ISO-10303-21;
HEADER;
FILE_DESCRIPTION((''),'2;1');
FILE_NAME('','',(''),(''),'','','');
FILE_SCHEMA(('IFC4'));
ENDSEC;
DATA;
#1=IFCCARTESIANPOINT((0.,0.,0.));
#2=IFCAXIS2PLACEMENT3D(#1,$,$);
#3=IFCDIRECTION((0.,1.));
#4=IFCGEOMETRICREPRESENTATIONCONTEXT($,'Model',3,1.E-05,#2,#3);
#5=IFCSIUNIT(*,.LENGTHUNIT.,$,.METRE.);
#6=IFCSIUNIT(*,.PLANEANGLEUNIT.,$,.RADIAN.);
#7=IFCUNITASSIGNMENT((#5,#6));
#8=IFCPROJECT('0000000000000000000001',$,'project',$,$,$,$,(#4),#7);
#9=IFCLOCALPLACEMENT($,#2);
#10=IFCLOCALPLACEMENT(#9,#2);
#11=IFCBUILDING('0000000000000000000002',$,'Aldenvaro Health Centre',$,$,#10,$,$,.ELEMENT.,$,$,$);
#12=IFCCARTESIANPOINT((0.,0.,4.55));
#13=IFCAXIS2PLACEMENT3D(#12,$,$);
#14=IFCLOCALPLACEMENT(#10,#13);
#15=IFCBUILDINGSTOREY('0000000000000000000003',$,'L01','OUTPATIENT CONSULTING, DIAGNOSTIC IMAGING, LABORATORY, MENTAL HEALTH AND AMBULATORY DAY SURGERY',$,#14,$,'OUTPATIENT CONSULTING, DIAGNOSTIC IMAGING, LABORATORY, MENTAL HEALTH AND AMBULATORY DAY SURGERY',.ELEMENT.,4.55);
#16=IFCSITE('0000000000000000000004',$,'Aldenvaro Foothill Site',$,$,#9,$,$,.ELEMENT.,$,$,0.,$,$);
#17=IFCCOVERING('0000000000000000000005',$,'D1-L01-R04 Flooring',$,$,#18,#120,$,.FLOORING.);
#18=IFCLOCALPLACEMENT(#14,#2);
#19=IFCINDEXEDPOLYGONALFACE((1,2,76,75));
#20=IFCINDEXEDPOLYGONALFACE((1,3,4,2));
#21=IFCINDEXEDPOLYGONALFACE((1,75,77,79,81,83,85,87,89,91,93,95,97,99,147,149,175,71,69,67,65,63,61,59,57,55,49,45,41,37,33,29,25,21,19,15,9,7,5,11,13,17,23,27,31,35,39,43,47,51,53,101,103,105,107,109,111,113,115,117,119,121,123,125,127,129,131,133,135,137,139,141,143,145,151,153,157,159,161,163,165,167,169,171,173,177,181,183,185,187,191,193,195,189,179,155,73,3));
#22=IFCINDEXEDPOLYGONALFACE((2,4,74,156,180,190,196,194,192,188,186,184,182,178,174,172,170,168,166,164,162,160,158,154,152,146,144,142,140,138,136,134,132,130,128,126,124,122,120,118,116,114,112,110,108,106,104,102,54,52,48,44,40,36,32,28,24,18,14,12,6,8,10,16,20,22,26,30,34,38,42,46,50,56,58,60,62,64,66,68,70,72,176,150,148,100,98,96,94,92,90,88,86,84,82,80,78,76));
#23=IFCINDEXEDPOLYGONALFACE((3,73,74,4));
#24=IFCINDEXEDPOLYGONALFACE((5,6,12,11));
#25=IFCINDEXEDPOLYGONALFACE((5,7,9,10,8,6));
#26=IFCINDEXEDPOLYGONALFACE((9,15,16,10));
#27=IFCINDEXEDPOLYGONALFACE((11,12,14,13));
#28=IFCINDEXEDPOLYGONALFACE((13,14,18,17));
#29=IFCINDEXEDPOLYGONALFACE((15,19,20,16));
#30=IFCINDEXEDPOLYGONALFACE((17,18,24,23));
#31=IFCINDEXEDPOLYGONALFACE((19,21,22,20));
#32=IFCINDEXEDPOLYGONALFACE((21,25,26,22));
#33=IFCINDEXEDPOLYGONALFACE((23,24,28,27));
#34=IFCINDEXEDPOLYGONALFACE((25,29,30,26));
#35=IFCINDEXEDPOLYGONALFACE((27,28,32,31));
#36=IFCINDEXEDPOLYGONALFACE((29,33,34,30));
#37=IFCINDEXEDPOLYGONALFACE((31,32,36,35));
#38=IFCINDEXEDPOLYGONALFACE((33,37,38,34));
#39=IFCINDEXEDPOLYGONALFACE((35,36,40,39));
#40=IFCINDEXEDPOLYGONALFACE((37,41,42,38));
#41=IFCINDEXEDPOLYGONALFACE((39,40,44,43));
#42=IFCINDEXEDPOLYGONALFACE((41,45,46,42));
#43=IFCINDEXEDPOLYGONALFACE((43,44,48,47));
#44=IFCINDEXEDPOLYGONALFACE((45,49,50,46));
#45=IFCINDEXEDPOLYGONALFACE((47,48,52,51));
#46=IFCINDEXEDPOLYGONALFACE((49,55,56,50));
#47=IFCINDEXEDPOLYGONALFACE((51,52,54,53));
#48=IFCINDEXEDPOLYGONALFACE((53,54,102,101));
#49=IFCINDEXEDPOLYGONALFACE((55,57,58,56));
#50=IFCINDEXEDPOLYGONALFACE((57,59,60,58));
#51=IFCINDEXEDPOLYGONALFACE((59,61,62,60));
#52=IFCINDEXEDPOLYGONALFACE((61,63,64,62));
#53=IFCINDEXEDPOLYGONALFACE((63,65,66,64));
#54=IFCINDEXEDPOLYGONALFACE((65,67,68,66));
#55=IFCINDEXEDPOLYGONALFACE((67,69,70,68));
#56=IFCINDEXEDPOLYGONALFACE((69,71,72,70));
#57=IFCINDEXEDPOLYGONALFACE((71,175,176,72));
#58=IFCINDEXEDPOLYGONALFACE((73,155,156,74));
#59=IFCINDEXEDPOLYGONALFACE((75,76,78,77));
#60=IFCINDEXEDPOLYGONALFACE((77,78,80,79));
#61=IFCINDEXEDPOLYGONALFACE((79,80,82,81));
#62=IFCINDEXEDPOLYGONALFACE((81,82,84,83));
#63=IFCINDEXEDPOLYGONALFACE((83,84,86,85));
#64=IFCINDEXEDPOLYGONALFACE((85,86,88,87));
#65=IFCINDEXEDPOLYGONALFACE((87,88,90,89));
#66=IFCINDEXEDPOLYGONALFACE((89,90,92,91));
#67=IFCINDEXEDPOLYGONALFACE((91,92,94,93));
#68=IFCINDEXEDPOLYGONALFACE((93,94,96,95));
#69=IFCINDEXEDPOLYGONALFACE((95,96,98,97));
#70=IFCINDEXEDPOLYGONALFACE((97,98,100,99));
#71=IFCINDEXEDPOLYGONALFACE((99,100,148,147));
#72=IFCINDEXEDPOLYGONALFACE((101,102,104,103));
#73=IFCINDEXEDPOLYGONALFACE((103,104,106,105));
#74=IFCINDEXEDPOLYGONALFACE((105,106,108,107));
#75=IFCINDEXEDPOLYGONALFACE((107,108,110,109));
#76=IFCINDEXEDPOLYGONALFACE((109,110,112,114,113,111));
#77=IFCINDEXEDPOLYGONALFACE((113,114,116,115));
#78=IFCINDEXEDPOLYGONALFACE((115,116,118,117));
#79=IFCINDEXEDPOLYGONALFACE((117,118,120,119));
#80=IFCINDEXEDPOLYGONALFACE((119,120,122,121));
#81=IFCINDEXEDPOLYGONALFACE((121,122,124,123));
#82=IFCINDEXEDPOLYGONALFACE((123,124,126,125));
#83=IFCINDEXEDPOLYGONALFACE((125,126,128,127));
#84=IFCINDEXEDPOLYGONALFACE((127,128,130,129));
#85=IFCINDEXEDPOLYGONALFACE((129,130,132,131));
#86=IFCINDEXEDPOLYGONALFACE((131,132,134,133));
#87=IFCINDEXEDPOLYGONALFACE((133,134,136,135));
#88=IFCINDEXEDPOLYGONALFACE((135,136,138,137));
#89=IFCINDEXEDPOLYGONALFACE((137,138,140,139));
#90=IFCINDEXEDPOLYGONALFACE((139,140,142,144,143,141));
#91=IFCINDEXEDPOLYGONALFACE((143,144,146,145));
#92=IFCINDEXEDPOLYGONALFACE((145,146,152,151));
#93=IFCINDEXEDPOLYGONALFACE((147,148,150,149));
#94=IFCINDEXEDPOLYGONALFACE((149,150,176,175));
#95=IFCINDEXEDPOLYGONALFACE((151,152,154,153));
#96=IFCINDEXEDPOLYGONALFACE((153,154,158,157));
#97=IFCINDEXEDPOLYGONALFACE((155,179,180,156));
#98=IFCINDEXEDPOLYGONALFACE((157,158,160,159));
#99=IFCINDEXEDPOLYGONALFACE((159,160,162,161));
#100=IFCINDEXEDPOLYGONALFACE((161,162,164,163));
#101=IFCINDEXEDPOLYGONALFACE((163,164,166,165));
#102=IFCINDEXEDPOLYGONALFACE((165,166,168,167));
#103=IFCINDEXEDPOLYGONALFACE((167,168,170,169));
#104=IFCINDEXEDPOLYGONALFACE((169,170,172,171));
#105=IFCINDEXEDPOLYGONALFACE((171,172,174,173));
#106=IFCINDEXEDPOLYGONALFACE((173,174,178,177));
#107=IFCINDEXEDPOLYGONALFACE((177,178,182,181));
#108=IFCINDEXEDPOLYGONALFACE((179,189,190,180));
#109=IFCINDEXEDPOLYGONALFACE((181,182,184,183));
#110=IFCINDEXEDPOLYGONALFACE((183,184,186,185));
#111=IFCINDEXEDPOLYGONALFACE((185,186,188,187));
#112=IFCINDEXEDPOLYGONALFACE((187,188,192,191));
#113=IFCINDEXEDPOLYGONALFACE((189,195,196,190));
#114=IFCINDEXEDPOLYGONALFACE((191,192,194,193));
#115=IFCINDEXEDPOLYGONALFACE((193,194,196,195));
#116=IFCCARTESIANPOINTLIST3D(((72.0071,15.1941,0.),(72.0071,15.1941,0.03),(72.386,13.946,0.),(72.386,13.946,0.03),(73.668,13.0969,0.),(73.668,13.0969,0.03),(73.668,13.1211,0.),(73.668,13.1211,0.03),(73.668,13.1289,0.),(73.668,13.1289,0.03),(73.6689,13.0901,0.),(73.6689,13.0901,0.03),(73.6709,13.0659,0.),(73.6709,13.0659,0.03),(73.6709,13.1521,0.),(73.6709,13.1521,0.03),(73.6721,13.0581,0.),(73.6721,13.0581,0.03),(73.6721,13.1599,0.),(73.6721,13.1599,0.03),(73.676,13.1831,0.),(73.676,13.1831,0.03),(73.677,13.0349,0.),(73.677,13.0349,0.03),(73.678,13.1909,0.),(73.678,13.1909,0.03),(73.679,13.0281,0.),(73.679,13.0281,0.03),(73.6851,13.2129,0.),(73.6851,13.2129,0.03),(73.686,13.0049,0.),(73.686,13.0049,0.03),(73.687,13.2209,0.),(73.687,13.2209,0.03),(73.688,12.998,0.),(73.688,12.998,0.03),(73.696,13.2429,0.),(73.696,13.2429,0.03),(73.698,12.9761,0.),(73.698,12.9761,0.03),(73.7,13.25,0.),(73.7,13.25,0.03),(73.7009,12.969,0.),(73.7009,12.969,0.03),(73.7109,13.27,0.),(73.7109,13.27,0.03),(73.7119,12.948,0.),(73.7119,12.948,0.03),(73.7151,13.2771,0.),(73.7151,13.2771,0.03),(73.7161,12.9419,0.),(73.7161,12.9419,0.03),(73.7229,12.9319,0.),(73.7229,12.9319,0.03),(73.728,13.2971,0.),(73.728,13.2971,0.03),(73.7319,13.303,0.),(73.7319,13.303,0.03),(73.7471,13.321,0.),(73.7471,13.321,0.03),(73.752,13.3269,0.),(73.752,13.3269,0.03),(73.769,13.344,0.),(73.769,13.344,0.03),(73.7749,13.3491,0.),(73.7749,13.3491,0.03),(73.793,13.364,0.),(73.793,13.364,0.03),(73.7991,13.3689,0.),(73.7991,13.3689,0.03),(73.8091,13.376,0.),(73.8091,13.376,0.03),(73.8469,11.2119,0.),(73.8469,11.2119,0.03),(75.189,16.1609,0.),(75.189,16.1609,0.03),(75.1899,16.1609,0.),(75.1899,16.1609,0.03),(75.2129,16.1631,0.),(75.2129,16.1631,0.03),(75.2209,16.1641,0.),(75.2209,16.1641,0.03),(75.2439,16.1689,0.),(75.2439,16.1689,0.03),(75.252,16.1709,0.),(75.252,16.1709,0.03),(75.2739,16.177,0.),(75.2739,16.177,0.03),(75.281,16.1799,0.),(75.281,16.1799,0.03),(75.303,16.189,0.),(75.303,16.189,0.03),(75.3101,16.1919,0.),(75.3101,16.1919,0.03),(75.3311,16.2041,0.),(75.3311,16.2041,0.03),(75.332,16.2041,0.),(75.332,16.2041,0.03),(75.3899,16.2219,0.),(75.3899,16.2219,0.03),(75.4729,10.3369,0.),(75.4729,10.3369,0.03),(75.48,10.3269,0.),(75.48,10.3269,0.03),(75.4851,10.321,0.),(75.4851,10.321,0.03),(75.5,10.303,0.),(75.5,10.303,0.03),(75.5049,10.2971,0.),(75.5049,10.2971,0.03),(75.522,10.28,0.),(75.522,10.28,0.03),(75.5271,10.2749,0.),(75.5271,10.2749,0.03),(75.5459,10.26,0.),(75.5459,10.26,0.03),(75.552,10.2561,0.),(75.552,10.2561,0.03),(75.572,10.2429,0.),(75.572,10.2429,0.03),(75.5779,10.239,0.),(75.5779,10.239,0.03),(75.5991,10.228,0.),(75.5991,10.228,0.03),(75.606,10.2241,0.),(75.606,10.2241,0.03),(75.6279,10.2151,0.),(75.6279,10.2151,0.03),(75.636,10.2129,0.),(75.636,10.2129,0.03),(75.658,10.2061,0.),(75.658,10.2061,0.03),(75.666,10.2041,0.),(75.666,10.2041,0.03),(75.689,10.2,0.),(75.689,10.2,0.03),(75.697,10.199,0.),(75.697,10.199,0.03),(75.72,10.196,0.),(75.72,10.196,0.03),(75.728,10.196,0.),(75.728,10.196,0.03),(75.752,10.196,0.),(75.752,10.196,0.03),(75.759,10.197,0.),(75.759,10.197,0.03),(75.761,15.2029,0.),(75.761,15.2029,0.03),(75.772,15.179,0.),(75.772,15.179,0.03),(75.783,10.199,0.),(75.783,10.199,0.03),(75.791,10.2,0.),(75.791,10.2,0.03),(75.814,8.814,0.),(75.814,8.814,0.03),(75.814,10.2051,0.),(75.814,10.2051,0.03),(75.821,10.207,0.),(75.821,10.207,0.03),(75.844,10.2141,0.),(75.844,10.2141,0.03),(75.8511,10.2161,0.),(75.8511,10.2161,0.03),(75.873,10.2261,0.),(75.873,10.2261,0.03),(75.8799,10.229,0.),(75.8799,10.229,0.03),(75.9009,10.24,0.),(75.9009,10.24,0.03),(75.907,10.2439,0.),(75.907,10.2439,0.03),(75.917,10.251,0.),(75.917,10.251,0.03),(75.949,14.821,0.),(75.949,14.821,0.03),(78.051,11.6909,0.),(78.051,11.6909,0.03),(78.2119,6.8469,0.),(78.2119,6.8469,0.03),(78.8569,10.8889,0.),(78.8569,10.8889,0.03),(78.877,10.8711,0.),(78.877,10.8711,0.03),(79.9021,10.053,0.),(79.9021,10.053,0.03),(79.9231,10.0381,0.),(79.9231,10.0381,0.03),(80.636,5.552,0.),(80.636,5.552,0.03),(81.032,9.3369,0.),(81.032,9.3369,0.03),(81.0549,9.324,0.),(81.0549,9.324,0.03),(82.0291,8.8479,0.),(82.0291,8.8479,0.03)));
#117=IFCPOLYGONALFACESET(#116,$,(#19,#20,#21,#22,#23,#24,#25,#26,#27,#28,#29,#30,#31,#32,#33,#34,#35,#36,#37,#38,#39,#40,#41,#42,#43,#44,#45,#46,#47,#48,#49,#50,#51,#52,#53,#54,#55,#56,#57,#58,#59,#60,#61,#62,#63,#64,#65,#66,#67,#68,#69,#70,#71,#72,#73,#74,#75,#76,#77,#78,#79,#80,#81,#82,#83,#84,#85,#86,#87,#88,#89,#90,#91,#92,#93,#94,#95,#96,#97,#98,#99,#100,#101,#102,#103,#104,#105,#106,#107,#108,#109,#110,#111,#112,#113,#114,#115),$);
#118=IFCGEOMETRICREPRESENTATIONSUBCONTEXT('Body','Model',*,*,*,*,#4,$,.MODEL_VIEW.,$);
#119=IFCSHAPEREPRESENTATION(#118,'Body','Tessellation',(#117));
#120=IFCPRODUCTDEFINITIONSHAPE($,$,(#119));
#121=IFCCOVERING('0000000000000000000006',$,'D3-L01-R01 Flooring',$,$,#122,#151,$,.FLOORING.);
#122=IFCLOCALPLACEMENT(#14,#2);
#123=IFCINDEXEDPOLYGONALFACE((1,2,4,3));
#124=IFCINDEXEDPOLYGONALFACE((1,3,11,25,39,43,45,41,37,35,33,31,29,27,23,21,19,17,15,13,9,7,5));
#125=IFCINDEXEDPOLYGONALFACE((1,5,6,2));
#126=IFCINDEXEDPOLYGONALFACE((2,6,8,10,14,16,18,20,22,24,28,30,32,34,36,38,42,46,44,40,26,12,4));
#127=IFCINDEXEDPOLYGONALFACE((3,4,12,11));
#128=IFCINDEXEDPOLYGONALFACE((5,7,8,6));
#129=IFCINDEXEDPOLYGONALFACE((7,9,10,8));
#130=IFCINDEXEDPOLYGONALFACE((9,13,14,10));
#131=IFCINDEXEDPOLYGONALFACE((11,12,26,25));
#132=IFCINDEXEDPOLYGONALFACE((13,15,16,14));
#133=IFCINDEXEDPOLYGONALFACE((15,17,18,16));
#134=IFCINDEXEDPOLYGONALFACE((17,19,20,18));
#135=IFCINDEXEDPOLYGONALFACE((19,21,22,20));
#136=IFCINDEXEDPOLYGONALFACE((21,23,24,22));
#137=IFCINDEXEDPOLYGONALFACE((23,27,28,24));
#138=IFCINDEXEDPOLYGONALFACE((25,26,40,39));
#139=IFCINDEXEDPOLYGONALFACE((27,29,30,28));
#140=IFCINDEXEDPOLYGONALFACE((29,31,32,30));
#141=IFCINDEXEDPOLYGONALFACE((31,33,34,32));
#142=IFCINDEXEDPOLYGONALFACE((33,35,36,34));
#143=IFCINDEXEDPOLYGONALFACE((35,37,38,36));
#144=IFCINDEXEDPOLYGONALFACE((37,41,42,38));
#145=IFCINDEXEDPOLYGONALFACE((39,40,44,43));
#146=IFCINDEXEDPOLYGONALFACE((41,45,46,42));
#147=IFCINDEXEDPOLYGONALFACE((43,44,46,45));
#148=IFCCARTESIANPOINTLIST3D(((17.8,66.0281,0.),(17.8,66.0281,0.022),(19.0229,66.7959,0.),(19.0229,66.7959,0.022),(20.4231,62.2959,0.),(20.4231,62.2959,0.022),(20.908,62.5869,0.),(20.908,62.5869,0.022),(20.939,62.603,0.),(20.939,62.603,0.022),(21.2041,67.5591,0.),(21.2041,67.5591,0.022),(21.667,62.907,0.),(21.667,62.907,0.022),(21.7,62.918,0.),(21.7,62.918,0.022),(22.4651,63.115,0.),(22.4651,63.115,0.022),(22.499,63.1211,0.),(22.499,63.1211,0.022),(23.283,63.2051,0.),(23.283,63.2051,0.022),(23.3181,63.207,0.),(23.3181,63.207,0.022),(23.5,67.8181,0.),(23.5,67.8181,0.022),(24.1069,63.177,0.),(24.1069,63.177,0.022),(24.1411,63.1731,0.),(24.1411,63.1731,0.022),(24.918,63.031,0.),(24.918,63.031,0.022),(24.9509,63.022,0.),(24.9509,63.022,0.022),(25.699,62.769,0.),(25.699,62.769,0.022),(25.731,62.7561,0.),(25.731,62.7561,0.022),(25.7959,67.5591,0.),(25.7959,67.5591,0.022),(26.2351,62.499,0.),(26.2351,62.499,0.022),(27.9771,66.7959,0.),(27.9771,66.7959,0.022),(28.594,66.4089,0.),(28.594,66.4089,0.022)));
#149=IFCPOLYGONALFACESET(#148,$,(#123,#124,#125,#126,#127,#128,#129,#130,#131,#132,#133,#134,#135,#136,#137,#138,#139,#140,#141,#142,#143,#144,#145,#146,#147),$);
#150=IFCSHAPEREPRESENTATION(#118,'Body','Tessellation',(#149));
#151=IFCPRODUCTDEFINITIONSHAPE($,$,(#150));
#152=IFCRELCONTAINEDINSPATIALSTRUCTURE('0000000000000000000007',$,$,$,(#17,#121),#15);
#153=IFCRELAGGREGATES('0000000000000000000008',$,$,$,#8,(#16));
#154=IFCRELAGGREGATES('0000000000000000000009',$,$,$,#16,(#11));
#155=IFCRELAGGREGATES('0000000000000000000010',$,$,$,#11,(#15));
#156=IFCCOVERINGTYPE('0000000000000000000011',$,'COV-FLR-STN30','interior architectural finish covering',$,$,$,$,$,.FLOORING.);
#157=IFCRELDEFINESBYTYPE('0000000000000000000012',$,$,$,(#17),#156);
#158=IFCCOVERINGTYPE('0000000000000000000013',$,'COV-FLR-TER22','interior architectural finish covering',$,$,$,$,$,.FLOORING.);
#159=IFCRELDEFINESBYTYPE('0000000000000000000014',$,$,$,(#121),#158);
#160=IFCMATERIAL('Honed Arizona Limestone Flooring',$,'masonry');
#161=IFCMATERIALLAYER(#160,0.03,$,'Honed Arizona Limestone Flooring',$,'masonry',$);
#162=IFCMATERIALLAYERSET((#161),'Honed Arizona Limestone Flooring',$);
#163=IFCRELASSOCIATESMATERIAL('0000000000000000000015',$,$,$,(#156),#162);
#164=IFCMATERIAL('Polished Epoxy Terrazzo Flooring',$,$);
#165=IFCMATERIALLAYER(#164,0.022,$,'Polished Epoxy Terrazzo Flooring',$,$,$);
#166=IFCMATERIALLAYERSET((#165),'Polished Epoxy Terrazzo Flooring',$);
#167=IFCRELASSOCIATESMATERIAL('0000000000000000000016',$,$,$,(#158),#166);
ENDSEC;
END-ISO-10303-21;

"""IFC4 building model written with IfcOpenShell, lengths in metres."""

from ifc_helpers import new_model, si_unit, direction, frame, origin, place, context, subcontext, project, spatial, polyline, outline, extrude, material, layer, layer_set, type_object, element, save


model = new_model("IFC4")

# Units and contexts
model_context = context("Model", 3, precision=1e-05, world=origin(), true_north=direction((0.0, 1.0)))
body_context = subcontext(model_context, "Body", "Model", "MODEL_VIEW")
ifc_project = project(units=[si_unit("LENGTHUNIT", "METRE"), si_unit("PLANEANGLEUNIT", "RADIAN")], contexts=[model_context])

# Site, building, storey
site_placement = place(None, origin())
site = spatial("IfcSite", under=ifc_project, at=site_placement, Name="Aldenvaro Foothill Site", CompositionType="ELEMENT", RefElevation=0.0)
building_placement = place(site_placement, origin())
building = spatial("IfcBuilding", under=site, at=building_placement, Name="Aldenvaro Health Centre", CompositionType="ELEMENT")
storey_placement = place(building_placement, frame((0.0, 0.0, 4.55)))
storey = spatial("IfcBuildingStorey", under=building, at=storey_placement, Name="L01", Description="OUTPATIENT CONSULTING, DIAGNOSTIC IMAGING, LABORATORY, MENTAL HEALTH AND AMBULATORY DAY SURGERY", LongName="OUTPATIENT CONSULTING, DIAGNOSTIC IMAGING, LABORATORY, MENTAL HEALTH AND AMBULATORY DAY SURGERY", CompositionType="ELEMENT", Elevation=4.55)

# Coverings
ifc_material_1 = material(Name="Honed Arizona Limestone Flooring", Category="masonry")
ifc_layer_1 = layer(ifc_material_1, 0.03, Name="Honed Arizona Limestone Flooring", Category="masonry")
ifc_layer_set_1 = layer_set([ifc_layer_1], Name="Honed Arizona Limestone Flooring")
covering_type_1 = type_object("IfcCoveringType", Name="COV-FLR-STN30", Description="interior architectural finish covering", PredefinedType="FLOORING", material=ifc_layer_set_1)
covering_1_placement = place(storey_placement, origin())
element("IfcCovering", 1, at=covering_1_placement, inside=storey, type_object=covering_type_1, Name="D1-L01-R04 Flooring", PredefinedType="FLOORING", context=body_context, shape_type="SweptSolid", body=[
    extrude(outline(polyline([(75.189, 16.1609), (75.1899, 16.1609), (75.2129, 16.1631), (75.2209, 16.1641), (75.2439, 16.1689), (75.252, 16.1709), (75.2739, 16.177), (75.281, 16.1799), (75.303, 16.189), (75.3101, 16.1919), (75.3311, 16.2041), (75.332, 16.2041), (75.3899, 16.2219), (75.761, 15.2029), (75.772, 15.179), (75.949, 14.821), (73.8091, 13.376), (73.7991, 13.3689), (73.793, 13.364), (73.7749, 13.3491), (73.769, 13.344), (73.752, 13.3269), (73.7471, 13.321), (73.7319, 13.303), (73.728, 13.2971), (73.7151, 13.2771), (73.7109, 13.27), (73.7, 13.25), (73.696, 13.2429), (73.687, 13.2209), (73.6851, 13.2129), (73.678, 13.1909), (73.676, 13.1831), (73.6721, 13.1599), (73.6709, 13.1521), (73.668, 13.1289), (73.668, 13.1211), (73.668, 13.0969), (73.6689, 13.0901), (73.6709, 13.0659), (73.6721, 13.0581), (73.677, 13.0349), (73.679, 13.0281), (73.686, 13.0049), (73.688, 12.998), (73.698, 12.9761), (73.7009, 12.969), (73.7119, 12.948), (73.7161, 12.9419), (73.7229, 12.9319), (75.4729, 10.3369), (75.48, 10.3269), (75.4851, 10.321), (75.5, 10.303), (75.5049, 10.2971), (75.522, 10.28), (75.5271, 10.2749), (75.5459, 10.26), (75.552, 10.2561), (75.572, 10.2429), (75.5779, 10.239), (75.5991, 10.228), (75.606, 10.2241), (75.6279, 10.2151), (75.636, 10.2129), (75.658, 10.2061), (75.666, 10.2041), (75.689, 10.2), (75.697, 10.199), (75.72, 10.196), (75.728, 10.196), (75.752, 10.196), (75.759, 10.197), (75.783, 10.199), (75.791, 10.2), (75.814, 10.2051), (75.821, 10.207), (75.844, 10.2141), (75.8511, 10.2161), (75.873, 10.2261), (75.8799, 10.229), (75.9009, 10.24), (75.907, 10.2439), (75.917, 10.251), (78.051, 11.6909), (78.8569, 10.8889), (78.877, 10.8711), (79.9021, 10.053), (79.9231, 10.0381), (81.032, 9.3369), (81.0549, 9.324), (82.0291, 8.8479), (80.636, 5.552), (78.2119, 6.8469), (75.814, 8.814), (73.8469, 11.2119), (72.386, 13.946), (72.0071, 15.1941), (75.189, 16.1609)])), origin(), (0.0, 0.0, 1.0), 0.03),
])
ifc_material_2 = material(Name="Polished Epoxy Terrazzo Flooring")
ifc_layer_2 = layer(ifc_material_2, 0.022, Name="Polished Epoxy Terrazzo Flooring")
ifc_layer_set_2 = layer_set([ifc_layer_2], Name="Polished Epoxy Terrazzo Flooring")
covering_type_2 = type_object("IfcCoveringType", Name="COV-FLR-TER22", Description="interior architectural finish covering", PredefinedType="FLOORING", material=ifc_layer_set_2)
covering_2_placement = place(storey_placement, origin())
element("IfcCovering", 2, at=covering_2_placement, inside=storey, type_object=covering_type_2, Name="D3-L01-R01 Flooring", PredefinedType="FLOORING", context=body_context, shape_type="SweptSolid", body=[
    extrude(outline(polyline([(25.731, 62.7561), (25.699, 62.769), (24.9509, 63.022), (24.918, 63.031), (24.1411, 63.1731), (24.1069, 63.177), (23.3181, 63.207), (23.283, 63.2051), (22.499, 63.1211), (22.4651, 63.115), (21.7, 62.918), (21.667, 62.907), (20.939, 62.603), (20.908, 62.5869), (20.4231, 62.2959), (17.8, 66.0281), (19.0229, 66.7959), (21.2041, 67.5591), (23.5, 67.8181), (25.7959, 67.5591), (27.9771, 66.7959), (28.594, 66.4089), (26.2351, 62.499), (25.731, 62.7561)])), origin(), (0.0, 0.0, 1.0), 0.022),
])

save(model, "model.ifc")
